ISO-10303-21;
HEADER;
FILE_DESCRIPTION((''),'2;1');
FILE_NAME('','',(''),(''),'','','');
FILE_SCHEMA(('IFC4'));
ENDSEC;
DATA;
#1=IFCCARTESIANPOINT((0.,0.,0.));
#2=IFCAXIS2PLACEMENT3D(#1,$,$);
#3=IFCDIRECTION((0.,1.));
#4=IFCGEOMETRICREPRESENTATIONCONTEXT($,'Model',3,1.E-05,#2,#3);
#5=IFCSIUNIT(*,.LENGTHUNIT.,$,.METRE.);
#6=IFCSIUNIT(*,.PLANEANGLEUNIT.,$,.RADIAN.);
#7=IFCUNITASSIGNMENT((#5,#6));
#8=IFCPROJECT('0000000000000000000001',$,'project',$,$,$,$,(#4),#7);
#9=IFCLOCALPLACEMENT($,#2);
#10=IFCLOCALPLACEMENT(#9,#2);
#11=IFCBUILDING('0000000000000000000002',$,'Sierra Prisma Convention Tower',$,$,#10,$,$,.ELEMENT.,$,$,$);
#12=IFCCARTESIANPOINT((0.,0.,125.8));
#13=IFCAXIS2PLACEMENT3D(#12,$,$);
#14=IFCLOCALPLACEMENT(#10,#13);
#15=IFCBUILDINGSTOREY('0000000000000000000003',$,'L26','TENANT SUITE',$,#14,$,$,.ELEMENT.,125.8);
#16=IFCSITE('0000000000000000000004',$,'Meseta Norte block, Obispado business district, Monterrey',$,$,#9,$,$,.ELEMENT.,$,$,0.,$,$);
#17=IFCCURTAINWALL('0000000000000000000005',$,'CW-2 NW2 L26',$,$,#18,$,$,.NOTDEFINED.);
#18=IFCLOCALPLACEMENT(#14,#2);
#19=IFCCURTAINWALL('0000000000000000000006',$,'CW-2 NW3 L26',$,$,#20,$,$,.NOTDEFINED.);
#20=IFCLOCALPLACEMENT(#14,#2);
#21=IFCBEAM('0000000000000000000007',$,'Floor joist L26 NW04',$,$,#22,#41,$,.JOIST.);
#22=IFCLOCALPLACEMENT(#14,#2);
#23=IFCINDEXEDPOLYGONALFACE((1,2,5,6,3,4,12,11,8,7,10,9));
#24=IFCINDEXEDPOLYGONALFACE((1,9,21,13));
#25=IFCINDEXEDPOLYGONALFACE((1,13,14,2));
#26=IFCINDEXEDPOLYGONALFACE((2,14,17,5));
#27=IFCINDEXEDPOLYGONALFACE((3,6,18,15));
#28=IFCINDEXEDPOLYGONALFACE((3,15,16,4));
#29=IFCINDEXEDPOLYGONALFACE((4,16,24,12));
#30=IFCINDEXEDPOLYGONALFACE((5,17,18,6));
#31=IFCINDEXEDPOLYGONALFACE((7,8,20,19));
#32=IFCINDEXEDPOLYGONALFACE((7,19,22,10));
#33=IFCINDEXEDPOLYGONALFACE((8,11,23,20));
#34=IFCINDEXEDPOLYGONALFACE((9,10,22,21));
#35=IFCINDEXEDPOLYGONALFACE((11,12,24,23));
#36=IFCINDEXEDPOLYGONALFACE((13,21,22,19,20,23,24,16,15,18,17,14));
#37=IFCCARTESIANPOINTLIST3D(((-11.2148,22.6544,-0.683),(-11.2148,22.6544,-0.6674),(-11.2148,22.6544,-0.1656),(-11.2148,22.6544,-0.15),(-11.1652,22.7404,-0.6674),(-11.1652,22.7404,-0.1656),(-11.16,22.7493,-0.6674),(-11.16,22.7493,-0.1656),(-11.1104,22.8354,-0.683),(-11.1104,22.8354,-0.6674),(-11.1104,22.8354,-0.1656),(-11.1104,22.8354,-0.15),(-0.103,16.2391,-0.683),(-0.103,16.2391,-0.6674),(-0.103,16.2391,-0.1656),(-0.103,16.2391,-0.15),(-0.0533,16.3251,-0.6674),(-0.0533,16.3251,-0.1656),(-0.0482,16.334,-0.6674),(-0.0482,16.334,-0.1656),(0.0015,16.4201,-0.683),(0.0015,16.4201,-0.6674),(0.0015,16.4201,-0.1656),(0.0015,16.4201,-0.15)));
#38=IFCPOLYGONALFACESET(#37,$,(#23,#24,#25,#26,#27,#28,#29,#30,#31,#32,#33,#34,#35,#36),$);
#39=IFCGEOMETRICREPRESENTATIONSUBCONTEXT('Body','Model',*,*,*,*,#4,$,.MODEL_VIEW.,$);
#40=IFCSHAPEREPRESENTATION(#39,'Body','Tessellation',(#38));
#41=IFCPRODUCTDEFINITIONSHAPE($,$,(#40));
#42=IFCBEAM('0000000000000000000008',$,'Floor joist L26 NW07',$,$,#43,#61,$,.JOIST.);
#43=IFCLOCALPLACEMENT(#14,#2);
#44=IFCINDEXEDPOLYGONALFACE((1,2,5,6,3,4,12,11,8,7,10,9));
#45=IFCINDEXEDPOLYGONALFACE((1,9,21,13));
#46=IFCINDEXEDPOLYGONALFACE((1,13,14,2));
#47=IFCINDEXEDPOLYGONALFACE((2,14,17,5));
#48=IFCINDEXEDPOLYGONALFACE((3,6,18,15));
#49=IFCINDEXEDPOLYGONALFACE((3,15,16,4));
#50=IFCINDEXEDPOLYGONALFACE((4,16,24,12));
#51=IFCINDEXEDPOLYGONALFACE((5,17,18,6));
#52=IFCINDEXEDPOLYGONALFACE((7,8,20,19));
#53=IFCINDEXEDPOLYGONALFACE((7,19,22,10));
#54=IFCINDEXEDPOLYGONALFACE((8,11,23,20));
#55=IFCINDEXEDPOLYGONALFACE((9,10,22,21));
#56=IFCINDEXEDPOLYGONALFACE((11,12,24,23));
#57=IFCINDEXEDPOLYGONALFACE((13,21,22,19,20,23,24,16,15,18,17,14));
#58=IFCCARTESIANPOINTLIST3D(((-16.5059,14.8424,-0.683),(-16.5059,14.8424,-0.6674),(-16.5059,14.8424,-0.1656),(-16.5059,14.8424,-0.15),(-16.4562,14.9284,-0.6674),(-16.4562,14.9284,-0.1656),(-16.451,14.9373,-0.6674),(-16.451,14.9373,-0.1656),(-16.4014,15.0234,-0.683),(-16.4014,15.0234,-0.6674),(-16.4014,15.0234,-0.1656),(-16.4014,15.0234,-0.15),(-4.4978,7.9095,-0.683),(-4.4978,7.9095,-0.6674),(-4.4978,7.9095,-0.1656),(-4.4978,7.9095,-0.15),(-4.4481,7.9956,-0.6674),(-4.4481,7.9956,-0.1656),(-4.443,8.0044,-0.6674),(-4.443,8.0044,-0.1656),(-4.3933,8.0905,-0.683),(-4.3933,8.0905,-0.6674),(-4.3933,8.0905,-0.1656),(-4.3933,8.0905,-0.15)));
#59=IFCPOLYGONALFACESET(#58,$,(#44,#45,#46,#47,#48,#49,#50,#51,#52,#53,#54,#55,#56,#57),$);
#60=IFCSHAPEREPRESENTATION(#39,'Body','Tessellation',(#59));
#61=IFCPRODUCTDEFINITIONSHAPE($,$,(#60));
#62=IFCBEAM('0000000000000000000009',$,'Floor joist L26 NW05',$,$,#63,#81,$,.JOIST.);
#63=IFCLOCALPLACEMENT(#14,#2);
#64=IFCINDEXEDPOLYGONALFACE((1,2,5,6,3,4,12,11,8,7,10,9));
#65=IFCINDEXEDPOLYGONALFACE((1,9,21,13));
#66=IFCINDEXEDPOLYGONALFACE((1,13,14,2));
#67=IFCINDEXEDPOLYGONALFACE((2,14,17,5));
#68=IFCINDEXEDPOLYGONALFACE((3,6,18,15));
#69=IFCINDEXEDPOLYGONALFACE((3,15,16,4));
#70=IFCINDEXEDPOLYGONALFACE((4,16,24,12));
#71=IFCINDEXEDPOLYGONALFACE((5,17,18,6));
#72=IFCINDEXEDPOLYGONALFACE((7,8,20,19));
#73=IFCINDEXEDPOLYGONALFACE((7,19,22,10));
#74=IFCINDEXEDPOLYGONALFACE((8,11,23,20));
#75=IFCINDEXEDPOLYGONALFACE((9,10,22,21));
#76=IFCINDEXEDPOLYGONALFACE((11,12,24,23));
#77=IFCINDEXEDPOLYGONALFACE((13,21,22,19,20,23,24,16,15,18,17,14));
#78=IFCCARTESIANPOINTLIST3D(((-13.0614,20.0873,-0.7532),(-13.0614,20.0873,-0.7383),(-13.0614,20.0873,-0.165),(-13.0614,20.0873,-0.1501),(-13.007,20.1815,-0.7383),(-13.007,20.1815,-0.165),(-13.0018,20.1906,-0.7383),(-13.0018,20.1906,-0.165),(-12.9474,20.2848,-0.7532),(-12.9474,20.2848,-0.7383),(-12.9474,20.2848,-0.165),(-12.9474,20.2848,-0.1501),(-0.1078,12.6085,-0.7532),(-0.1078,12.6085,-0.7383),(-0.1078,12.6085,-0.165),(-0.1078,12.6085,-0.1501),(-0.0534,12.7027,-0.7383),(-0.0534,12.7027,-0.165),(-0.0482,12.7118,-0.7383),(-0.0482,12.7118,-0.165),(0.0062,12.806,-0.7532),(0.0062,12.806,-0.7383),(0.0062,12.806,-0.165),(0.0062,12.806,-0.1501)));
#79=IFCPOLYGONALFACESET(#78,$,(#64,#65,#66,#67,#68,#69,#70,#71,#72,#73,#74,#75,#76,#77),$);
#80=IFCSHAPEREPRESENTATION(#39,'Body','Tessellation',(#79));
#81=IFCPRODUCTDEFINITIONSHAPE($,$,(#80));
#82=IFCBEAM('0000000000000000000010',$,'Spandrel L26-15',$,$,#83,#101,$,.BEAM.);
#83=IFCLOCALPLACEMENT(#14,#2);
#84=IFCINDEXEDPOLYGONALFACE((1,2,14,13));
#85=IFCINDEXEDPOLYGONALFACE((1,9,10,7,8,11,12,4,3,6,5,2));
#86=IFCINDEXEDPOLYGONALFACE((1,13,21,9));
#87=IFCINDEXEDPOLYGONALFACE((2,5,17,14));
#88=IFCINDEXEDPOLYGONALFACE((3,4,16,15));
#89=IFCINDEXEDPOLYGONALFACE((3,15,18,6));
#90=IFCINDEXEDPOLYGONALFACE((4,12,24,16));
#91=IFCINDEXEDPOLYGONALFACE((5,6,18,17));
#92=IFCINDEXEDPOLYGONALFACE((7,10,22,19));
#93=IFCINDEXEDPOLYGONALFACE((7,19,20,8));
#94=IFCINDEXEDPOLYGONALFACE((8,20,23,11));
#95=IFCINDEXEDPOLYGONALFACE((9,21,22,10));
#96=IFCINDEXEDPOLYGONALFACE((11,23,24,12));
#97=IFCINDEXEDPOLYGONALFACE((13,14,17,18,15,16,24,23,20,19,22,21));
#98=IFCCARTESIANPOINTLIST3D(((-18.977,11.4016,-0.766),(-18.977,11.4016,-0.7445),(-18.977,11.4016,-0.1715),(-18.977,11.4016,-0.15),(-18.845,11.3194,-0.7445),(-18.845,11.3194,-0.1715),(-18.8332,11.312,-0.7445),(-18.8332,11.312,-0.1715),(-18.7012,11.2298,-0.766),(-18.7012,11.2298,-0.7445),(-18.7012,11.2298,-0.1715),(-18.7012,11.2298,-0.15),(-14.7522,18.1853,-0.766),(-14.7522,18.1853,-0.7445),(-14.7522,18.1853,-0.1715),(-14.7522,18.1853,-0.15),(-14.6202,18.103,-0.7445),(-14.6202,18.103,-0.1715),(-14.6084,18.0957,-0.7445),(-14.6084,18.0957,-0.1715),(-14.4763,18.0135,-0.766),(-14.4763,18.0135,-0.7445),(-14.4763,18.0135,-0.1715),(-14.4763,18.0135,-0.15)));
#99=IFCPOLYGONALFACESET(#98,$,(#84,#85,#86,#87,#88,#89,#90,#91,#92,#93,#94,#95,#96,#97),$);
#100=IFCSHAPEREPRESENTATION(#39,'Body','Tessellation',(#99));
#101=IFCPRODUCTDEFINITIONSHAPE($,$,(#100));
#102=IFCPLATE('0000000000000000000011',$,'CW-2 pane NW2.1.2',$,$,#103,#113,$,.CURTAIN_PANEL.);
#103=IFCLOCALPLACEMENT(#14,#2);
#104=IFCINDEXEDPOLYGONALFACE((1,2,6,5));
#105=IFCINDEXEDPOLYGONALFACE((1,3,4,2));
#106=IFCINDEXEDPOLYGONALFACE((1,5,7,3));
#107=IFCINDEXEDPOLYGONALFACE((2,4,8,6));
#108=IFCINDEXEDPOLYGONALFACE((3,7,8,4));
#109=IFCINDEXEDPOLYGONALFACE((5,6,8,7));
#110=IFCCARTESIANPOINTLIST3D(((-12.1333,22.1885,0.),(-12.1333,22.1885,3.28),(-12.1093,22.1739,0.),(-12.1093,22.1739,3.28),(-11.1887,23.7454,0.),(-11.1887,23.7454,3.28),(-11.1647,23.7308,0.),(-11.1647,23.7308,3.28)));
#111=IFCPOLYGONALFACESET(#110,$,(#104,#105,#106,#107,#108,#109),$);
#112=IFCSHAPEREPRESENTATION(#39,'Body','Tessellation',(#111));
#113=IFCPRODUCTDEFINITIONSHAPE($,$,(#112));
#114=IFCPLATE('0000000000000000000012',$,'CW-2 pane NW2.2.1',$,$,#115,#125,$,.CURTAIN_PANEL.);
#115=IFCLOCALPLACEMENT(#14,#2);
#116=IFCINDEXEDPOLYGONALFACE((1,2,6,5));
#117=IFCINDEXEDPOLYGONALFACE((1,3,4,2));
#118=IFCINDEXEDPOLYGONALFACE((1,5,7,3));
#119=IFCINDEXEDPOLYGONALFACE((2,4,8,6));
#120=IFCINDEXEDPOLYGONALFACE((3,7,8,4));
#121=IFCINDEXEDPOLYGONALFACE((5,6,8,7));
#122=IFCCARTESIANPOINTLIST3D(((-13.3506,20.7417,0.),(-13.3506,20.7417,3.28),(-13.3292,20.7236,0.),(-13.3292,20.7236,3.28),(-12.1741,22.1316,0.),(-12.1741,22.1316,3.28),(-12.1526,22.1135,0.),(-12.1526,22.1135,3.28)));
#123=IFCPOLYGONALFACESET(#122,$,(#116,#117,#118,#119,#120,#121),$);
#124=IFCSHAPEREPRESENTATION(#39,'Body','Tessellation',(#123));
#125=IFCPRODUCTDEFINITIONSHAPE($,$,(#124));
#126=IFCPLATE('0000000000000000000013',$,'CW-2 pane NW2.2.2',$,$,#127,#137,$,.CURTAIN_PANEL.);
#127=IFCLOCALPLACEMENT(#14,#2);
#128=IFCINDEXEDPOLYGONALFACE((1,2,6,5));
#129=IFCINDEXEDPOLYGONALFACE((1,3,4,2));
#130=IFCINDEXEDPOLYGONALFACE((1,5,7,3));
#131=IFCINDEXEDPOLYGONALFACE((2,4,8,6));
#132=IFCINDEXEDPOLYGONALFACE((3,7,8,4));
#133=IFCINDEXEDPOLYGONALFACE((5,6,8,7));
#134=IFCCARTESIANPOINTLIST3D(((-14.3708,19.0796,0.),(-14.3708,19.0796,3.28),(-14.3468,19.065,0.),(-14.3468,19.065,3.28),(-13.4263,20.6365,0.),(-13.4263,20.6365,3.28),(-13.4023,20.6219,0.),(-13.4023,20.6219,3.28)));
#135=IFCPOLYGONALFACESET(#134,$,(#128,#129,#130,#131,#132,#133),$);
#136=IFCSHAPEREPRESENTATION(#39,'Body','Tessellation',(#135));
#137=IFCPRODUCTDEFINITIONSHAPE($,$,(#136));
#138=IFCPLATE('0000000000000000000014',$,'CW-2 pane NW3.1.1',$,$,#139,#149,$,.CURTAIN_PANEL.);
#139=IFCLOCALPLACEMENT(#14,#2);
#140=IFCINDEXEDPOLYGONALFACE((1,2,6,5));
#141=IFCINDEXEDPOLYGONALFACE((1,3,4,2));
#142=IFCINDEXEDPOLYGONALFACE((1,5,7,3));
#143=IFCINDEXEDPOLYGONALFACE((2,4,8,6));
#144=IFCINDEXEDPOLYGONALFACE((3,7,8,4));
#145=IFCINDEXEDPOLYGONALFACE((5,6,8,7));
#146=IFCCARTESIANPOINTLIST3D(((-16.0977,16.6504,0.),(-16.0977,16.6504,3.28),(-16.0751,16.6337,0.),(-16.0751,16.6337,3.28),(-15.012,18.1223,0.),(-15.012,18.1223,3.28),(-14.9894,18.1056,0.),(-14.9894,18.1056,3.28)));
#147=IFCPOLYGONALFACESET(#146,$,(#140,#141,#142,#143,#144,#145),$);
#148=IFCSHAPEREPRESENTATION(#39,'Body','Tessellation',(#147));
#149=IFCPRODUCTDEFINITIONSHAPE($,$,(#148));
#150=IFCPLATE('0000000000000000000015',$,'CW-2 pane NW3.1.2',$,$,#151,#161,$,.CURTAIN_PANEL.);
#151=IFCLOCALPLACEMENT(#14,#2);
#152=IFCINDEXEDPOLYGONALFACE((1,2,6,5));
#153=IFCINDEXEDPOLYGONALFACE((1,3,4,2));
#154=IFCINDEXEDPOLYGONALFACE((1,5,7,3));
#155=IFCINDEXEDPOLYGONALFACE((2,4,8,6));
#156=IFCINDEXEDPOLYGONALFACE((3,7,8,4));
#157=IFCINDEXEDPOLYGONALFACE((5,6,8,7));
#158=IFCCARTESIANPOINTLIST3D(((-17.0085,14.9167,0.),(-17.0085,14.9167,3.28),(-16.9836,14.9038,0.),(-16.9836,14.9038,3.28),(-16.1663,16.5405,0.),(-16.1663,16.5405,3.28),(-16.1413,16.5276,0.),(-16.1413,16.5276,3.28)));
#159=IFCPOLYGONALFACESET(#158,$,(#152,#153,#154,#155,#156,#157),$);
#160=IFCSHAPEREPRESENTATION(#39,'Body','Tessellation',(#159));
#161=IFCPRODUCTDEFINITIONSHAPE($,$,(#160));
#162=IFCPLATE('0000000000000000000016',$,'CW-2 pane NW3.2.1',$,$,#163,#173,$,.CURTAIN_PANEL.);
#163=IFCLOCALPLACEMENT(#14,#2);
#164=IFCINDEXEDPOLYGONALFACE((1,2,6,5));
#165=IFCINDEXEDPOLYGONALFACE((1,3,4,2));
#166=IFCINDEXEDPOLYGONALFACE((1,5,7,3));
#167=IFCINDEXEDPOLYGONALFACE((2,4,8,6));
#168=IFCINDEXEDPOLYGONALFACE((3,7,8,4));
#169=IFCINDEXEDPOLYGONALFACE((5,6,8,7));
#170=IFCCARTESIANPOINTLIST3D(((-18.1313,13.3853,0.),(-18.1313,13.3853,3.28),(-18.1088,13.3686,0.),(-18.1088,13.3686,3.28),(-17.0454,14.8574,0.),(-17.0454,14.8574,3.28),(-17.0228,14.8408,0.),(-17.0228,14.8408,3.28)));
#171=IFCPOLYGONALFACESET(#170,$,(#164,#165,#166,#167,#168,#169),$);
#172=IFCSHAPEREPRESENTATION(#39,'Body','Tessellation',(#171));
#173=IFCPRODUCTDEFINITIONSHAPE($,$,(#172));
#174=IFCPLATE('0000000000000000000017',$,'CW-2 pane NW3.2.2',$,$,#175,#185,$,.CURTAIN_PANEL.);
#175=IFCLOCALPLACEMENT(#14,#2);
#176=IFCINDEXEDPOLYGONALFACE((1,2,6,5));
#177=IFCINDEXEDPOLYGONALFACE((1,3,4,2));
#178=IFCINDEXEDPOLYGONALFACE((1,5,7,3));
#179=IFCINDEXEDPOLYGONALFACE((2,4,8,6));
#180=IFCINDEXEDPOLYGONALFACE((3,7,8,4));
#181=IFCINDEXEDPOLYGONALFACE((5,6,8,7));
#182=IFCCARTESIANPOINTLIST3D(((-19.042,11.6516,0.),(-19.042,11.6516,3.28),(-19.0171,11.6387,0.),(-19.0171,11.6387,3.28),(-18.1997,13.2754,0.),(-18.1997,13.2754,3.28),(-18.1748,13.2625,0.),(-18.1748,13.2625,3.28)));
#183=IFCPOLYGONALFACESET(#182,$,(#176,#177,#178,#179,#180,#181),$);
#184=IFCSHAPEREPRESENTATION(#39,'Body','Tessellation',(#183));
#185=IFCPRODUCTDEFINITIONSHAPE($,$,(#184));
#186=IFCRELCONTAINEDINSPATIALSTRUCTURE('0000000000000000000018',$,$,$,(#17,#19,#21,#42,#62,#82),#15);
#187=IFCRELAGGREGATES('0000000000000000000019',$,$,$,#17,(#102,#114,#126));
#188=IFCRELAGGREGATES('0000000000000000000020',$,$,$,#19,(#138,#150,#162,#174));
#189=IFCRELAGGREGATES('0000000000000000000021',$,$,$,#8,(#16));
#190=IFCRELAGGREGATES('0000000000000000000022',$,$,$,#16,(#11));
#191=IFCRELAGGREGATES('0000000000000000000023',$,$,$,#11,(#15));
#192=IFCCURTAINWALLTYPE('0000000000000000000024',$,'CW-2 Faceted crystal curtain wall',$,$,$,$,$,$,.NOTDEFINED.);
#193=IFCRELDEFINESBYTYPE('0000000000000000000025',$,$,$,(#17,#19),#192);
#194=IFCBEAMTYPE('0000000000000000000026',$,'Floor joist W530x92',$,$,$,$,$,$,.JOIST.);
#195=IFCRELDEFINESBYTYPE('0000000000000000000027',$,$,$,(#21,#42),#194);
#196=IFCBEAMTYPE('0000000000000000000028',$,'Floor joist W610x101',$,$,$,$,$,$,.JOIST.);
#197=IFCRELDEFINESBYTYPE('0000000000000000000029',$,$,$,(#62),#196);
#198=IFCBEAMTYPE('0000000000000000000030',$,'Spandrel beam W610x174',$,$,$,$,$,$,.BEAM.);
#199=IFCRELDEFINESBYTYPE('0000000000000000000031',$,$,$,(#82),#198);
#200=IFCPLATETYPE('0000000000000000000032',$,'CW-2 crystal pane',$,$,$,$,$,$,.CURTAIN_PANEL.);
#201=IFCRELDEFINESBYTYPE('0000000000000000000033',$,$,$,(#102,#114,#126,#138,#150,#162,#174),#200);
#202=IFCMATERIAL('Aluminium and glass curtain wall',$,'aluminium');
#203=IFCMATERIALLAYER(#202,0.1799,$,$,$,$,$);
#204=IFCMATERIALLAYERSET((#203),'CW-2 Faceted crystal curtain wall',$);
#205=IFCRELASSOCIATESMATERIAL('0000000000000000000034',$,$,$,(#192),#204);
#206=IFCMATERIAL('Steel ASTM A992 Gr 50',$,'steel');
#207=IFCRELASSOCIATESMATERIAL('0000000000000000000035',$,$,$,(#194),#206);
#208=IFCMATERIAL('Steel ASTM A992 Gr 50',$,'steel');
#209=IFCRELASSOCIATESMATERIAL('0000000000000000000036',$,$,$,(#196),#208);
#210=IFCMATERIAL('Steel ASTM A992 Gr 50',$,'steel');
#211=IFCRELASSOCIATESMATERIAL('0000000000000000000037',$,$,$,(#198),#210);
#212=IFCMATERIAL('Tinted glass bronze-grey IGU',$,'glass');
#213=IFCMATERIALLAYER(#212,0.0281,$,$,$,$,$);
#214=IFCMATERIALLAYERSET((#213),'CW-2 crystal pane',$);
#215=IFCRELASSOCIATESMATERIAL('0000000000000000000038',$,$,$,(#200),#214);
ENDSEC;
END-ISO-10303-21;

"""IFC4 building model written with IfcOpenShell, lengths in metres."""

from ifc_helpers import new_model, si_unit, direction, frame, origin, origin_2d, place, context, subcontext, project, spatial, polyline, i_section, outline, extrude, material, layer, layer_set, material_profile, profile_set, type_object, element, aggregate, save


model = new_model("IFC4")

# Units and contexts
model_context = context("Model", 3, precision=1e-05, world=origin(), true_north=direction((0.0, 1.0)))
body_context = subcontext(model_context, "Body", "Model", "MODEL_VIEW")
ifc_project = project(units=[si_unit("LENGTHUNIT", "METRE"), si_unit("PLANEANGLEUNIT", "RADIAN")], contexts=[model_context])

# Site, building, storey
site_placement = place(None, origin())
site = spatial("IfcSite", under=ifc_project, at=site_placement, Name="Meseta Norte block, Obispado business district, Monterrey", CompositionType="ELEMENT", RefElevation=0.0)
building_placement = place(site_placement, origin())
building = spatial("IfcBuilding", under=site, at=building_placement, Name="Sierra Prisma Convention Tower", CompositionType="ELEMENT")
storey_placement = place(building_placement, frame((0.0, 0.0, 125.8)))
storey = spatial("IfcBuildingStorey", under=building, at=storey_placement, Name="L26", Description="TENANT SUITE", CompositionType="ELEMENT", Elevation=125.8)

# Curtain walls
ifc_material_1 = material(Name="Aluminium and glass curtain wall", Category="aluminium")
ifc_layer_1 = layer(ifc_material_1, 0.1799)
ifc_layer_set_1 = layer_set([ifc_layer_1], Name="CW-2 Faceted crystal curtain wall")
curtain_wall_type = type_object("IfcCurtainWallType", Name="CW-2 Faceted crystal curtain wall", PredefinedType="NOTDEFINED", material=ifc_layer_set_1)
curtain_wall_1_placement = place(storey_placement, origin())
curtain_wall_1 = element("IfcCurtainWall", 1, at=curtain_wall_1_placement, inside=storey, type_object=curtain_wall_type, Name="CW-2 NW2 L26", PredefinedType="NOTDEFINED")
curtain_wall_2_placement = place(storey_placement, origin())
curtain_wall_2 = element("IfcCurtainWall", 2, at=curtain_wall_2_placement, inside=storey, type_object=curtain_wall_type, Name="CW-2 NW3 L26", PredefinedType="NOTDEFINED")

# Beams
ifc_material_2 = material(Name="Steel ASTM A992 Gr 50", Category="steel")
ifc_material_profile_1 = material_profile(ifc_material_2, i_section(OverallWidth=0.209, OverallDepth=0.533, WebThickness=0.0103, FlangeThickness=0.0156, at=origin_2d()), Name="W530x92")
ifc_profile_set_1 = profile_set([ifc_material_profile_1], Name="Steel ASTM A992 Gr 50")
beam_type_1 = type_object("IfcBeamType", Name="Floor joist W530x92", PredefinedType="JOIST", material=ifc_profile_set_1)
beam_1_placement = place(storey_placement, frame((-11.1626, 22.7449, -0.4165), z_axis=(0.86603, -0.499993, 0.0), x_axis=(0.499993, 0.86603, 0.0)))
element("IfcBeam", 3, at=beam_1_placement, inside=storey, type_object=beam_type_1, Name="Floor joist L26 NW04", PredefinedType="JOIST", context=body_context, shape_type="SweptSolid", body=[
    extrude(i_section(OverallWidth=0.209, OverallDepth=0.533, WebThickness=0.0103, FlangeThickness=0.0156, at=origin_2d()), origin(), (0.0, 0.0, 1.0), 12.8308),
])
beam_2_placement = place(storey_placement, frame((-16.4536, 14.9329, -0.4165), z_axis=(0.866025, -0.5, 0.0), x_axis=(0.5, 0.866025, 0.0)))
element("IfcBeam", 4, at=beam_2_placement, inside=storey, type_object=beam_type_1, Name="Floor joist L26 NW07", PredefinedType="JOIST", context=body_context, shape_type="SweptSolid", body=[
    extrude(i_section(OverallWidth=0.209, OverallDepth=0.533, WebThickness=0.0103, FlangeThickness=0.0156, at=origin_2d()), origin(), (0.0, 0.0, 1.0), 13.8657),
])
ifc_material_3 = material(Name="Steel ASTM A992 Gr 50", Category="steel")
ifc_material_profile_2 = material_profile(ifc_material_3, i_section(OverallWidth=0.228, OverallDepth=0.603, WebThickness=0.0105, FlangeThickness=0.0149, at=origin_2d()), Name="W610x101")
ifc_profile_set_2 = profile_set([ifc_material_profile_2], Name="Steel ASTM A992 Gr 50")
beam_type_2 = type_object("IfcBeamType", Name="Floor joist W610x101", PredefinedType="JOIST", material=ifc_profile_set_2)
beam_3_placement = place(storey_placement, frame((-13.0044, 20.186, -0.4517), z_axis=(0.866026, -0.499999, 0.0), x_axis=(0.499999, 0.866026, 0.0)))
element("IfcBeam", 5, at=beam_3_placement, inside=storey, type_object=beam_type_2, Name="Floor joist L26 NW05", PredefinedType="JOIST", context=body_context, shape_type="SweptSolid", body=[
    extrude(i_section(OverallWidth=0.228, OverallDepth=0.603, WebThickness=0.0105, FlangeThickness=0.0149, at=origin_2d()), origin(), (0.0, 0.0, 1.0), 14.9575),
])
ifc_material_4 = material(Name="Steel ASTM A992 Gr 50", Category="steel")
ifc_material_profile_3 = material_profile(ifc_material_4, i_section(OverallWidth=0.325, OverallDepth=0.616, WebThickness=0.0139, FlangeThickness=0.0215, at=origin_2d()), Name="W610x174")
ifc_profile_set_3 = profile_set([ifc_material_profile_3], Name="Steel ASTM A992 Gr 50")
beam_type_3 = type_object("IfcBeamType", Name="Spandrel beam W610x174", PredefinedType="BEAM", material=ifc_profile_set_3)
beam_4_placement = place(storey_placement, frame((-14.6143, 18.0994, -0.458), z_axis=(-0.528653, -0.848838, 0.0), x_axis=(0.848838, -0.528653, 0.0)))
element("IfcBeam", 6, at=beam_4_placement, inside=storey, type_object=beam_type_3, Name="Spandrel L26-15", PredefinedType="BEAM", context=body_context, shape_type="SweptSolid", body=[
    extrude(i_section(OverallWidth=0.325, OverallDepth=0.616, WebThickness=0.0139, FlangeThickness=0.0215, at=origin_2d()), origin(), (0.0, 0.0, 1.0), 7.9917),
])

# Plates
ifc_material_5 = material(Name="Tinted glass bronze-grey IGU", Category="glass")
ifc_layer_2 = layer(ifc_material_5, 0.0281)
ifc_layer_set_2 = layer_set([ifc_layer_2], Name="CW-2 crystal pane")
plate_type = type_object("IfcPlateType", Name="CW-2 crystal pane", PredefinedType="CURTAIN_PANEL", material=ifc_layer_set_2)
plate_1_placement = place(storey_placement, frame((-12.1333, 22.1885, 0.0), z_axis=(-0.854951, 0.518709, 0.0), x_axis=(0.518709, 0.854951, 0.0)))
plate_1 = element("IfcPlate", 7, at=plate_1_placement, type_object=plate_type, Name="CW-2 pane NW2.1.2", PredefinedType="CURTAIN_PANEL", context=body_context, shape_type="SweptSolid", body=[
    extrude(outline(polyline([(0.0, 0.0), (1.821, 0.0), (1.821, -3.28), (0.0, -3.28), (0.0, 0.0)])), origin(), (0.0, 0.0, -1.0), 0.0281),
])
plate_2_placement = place(storey_placement, frame((-12.1741, 22.1316, 0.0), z_axis=(-0.763264, 0.646086, 0.0), x_axis=(-0.646086, -0.763264, 0.0)))
plate_2 = element("IfcPlate", 8, at=plate_2_placement, type_object=plate_type, Name="CW-2 pane NW2.2.1", PredefinedType="CURTAIN_PANEL", context=body_context, shape_type="SweptSolid", body=[
    extrude(outline(polyline([(0.0, 0.0), (1.821, 0.0), (1.821, 3.28), (0.0, 3.28), (0.0, 0.0)])), origin(), (0.0, 0.0, -1.0), 0.0281),
])
plate_3_placement = place(storey_placement, frame((-14.3708, 19.0796, 0.0), z_axis=(-0.854951, 0.518709, 0.0), x_axis=(0.518709, 0.854951, 0.0)))
plate_3 = element("IfcPlate", 9, at=plate_3_placement, type_object=plate_type, Name="CW-2 pane NW2.2.2", PredefinedType="CURTAIN_PANEL", context=body_context, shape_type="SweptSolid", body=[
    extrude(outline(polyline([(0.0, 0.0), (1.821, 0.0), (1.821, -3.28), (0.0, -3.28), (0.0, 0.0)])), origin(), (0.0, 0.0, -1.0), 0.0281),
])
aggregate(curtain_wall_1, [plate_1, plate_2, plate_3])
plate_4_placement = place(storey_placement, frame((-15.012, 18.1223, 0.0), z_axis=(-0.804764, 0.593595, 0.0), x_axis=(-0.593595, -0.804764, 0.0)))
plate_4 = element("IfcPlate", 10, at=plate_4_placement, type_object=plate_type, Name="CW-2 pane NW3.1.1", PredefinedType="CURTAIN_PANEL", context=body_context, shape_type="SweptSolid", body=[
    extrude(outline(polyline([(0.0, 0.0), (1.829, 0.0), (1.829, 3.28), (0.0, 3.28), (0.0, 0.0)])), origin(), (0.0, 0.0, -1.0), 0.0281),
])
plate_5_placement = place(storey_placement, frame((-17.0085, 14.9167, 0.0), z_axis=(-0.887682, 0.460457, 0.0), x_axis=(0.460457, 0.887682, 0.0)))
plate_5 = element("IfcPlate", 11, at=plate_5_placement, type_object=plate_type, Name="CW-2 pane NW3.1.2", PredefinedType="CURTAIN_PANEL", context=body_context, shape_type="SweptSolid", body=[
    extrude(outline(polyline([(0.0, 0.0), (1.8292, 0.0), (1.8292, -3.28), (0.0, -3.28), (0.0, 0.0)])), origin(), (0.0, 0.0, -1.0), 0.0281),
])
plate_6_placement = place(storey_placement, frame((-17.0454, 14.8574, 0.0), z_axis=(-0.804747, 0.593618, 0.0), x_axis=(-0.593618, -0.804747, 0.0)))
plate_6 = element("IfcPlate", 12, at=plate_6_placement, type_object=plate_type, Name="CW-2 pane NW3.2.1", PredefinedType="CURTAIN_PANEL", context=body_context, shape_type="SweptSolid", body=[
    extrude(outline(polyline([(0.0, 0.0), (1.8294, 0.0), (1.8294, 3.28), (0.0, 3.28), (0.0, 0.0)])), origin(), (0.0, 0.0, -1.0), 0.0281),
])
plate_7_placement = place(storey_placement, frame((-19.042, 11.6516, 0.0), z_axis=(-0.887682, 0.460457, 0.0), x_axis=(0.460457, 0.887682, 0.0)))
plate_7 = element("IfcPlate", 13, at=plate_7_placement, type_object=plate_type, Name="CW-2 pane NW3.2.2", PredefinedType="CURTAIN_PANEL", context=body_context, shape_type="SweptSolid", body=[
    extrude(outline(polyline([(0.0, 0.0), (1.8292, 0.0), (1.8292, -3.28), (0.0, -3.28), (0.0, 0.0)])), origin(), (0.0, 0.0, -1.0), 0.0281),
])
aggregate(curtain_wall_2, [plate_4, plate_5, plate_6, plate_7])

save(model, "model.ifc")
